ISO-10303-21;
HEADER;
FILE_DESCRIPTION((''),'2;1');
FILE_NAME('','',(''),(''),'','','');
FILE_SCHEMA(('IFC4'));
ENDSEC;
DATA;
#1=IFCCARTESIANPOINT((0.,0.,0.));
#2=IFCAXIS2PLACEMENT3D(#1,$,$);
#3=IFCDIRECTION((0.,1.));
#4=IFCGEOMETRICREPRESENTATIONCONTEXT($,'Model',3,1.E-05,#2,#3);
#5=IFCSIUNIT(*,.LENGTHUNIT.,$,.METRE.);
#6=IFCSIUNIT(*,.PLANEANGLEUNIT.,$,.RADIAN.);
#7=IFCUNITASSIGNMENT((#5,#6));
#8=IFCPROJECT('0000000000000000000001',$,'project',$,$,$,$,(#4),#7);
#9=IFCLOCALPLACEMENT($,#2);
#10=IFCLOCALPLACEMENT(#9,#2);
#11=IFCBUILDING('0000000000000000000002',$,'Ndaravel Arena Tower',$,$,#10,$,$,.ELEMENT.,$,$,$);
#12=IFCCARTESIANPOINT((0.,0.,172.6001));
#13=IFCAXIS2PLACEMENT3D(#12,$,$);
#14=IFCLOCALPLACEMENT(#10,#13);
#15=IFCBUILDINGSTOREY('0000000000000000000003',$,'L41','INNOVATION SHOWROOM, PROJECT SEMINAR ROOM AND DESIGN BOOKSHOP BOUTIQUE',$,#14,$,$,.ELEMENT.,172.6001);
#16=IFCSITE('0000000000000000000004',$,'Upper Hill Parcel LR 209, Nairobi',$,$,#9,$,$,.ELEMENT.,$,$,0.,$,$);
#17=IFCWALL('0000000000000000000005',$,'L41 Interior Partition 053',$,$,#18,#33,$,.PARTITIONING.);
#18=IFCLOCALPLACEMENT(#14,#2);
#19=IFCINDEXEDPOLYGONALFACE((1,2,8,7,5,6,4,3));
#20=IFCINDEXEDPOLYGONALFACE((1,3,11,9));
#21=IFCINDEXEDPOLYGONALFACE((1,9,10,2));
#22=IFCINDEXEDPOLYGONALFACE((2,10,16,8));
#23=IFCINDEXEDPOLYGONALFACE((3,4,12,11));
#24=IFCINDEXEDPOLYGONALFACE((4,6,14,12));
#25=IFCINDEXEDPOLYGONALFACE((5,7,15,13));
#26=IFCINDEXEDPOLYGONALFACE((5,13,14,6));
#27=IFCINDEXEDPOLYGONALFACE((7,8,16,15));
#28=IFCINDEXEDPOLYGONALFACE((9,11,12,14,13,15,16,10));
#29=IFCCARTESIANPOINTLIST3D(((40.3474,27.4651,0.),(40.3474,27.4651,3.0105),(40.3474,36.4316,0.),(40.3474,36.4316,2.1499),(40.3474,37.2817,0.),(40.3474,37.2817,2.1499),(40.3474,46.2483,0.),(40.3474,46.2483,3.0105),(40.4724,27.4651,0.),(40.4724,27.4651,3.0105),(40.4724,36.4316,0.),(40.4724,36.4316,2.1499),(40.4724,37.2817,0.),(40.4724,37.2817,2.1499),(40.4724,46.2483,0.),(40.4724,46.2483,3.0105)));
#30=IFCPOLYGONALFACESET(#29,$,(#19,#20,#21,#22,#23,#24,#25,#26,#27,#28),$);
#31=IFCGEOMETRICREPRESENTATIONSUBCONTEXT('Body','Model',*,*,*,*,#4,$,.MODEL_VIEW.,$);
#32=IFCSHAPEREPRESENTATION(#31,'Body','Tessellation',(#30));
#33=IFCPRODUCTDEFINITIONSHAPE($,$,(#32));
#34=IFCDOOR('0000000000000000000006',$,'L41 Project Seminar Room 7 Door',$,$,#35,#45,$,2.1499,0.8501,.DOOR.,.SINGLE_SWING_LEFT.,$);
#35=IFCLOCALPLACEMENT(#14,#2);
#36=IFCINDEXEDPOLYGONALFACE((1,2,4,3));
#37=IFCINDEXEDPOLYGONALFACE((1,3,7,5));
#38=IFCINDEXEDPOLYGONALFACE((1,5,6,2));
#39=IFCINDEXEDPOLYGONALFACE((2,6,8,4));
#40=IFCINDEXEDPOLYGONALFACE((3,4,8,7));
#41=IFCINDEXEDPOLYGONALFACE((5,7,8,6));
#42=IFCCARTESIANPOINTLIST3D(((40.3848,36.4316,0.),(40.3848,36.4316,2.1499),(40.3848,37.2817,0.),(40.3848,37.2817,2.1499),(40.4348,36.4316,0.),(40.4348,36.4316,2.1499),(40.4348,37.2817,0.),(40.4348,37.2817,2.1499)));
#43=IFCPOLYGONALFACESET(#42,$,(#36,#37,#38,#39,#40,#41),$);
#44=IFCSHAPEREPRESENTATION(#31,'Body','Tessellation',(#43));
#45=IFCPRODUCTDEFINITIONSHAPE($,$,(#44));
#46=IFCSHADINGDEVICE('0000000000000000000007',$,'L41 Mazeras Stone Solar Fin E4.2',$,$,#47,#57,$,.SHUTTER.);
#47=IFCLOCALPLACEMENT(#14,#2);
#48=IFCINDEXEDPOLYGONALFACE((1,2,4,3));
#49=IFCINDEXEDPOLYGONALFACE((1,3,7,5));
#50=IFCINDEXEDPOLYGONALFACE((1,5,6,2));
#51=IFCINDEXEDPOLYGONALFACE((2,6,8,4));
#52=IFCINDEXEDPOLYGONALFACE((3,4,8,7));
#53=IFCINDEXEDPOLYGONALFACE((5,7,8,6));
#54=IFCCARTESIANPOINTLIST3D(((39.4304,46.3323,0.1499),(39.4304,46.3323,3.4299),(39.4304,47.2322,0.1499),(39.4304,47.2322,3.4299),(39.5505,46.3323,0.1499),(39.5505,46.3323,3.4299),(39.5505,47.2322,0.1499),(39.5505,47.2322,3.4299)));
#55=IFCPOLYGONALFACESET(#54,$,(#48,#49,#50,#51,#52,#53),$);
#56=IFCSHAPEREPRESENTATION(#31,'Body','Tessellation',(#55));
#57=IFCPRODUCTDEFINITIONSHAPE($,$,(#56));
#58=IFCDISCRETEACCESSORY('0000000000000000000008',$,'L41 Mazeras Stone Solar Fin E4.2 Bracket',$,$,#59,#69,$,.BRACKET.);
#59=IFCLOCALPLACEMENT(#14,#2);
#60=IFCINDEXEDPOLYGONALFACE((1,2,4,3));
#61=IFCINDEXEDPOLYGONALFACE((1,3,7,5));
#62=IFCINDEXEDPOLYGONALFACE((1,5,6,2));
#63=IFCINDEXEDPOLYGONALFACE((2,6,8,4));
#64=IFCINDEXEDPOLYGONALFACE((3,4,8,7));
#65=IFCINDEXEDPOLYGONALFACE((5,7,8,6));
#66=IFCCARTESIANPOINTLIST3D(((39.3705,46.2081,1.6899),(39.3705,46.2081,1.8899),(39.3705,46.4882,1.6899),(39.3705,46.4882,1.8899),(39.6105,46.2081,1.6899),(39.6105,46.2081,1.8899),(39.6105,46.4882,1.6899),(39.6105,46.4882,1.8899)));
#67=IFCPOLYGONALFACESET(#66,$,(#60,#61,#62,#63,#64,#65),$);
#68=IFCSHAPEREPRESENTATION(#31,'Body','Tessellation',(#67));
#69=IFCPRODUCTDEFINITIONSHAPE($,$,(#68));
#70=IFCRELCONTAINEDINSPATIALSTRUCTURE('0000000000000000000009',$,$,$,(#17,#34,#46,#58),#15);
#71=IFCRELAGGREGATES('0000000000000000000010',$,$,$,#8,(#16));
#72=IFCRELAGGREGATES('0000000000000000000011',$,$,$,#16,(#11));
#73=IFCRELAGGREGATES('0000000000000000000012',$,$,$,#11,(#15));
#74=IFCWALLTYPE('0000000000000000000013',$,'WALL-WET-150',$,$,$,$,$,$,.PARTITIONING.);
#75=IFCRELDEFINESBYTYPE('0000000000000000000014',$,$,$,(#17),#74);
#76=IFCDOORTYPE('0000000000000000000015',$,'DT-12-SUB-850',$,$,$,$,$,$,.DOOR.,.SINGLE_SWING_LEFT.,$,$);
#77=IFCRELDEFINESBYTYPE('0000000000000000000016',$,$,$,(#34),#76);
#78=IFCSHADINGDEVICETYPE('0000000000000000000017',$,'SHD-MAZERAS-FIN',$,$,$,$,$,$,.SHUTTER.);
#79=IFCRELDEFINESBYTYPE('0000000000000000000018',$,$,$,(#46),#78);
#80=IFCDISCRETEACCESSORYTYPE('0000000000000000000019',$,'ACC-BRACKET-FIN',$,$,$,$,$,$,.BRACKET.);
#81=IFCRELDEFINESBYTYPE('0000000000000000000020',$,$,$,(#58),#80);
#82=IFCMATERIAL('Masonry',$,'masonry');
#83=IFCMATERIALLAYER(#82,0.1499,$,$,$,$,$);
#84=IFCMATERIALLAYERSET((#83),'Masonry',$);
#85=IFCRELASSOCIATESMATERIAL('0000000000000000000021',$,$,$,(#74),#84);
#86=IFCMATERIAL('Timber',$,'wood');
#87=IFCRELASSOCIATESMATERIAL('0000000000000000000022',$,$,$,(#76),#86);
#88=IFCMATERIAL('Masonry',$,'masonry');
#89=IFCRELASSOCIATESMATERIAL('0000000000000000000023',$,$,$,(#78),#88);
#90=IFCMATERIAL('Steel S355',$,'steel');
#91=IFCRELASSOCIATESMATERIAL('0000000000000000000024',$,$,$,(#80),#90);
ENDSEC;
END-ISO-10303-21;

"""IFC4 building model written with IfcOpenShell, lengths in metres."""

from ifc_helpers import new_model, si_unit, direction, frame, frame_2d, origin, origin_2d, place, context, subcontext, project, spatial, rectangle, extrude, material, layer, layer_set, type_object, element, fill, save


model = new_model("IFC4")

# Units and contexts
model_context = context("Model", 3, precision=1e-05, world=origin(), true_north=direction((0.0, 1.0)))
body_context = subcontext(model_context, "Body", "Model", "MODEL_VIEW")
ifc_project = project(units=[si_unit("LENGTHUNIT", "METRE"), si_unit("PLANEANGLEUNIT", "RADIAN")], contexts=[model_context])

# Site, building, storey
site_placement = place(None, origin())
site = spatial("IfcSite", under=ifc_project, at=site_placement, Name="Upper Hill Parcel LR 209, Nairobi", CompositionType="ELEMENT", RefElevation=0.0)
building_placement = place(site_placement, origin())
building = spatial("IfcBuilding", under=site, at=building_placement, Name="Ndaravel Arena Tower", CompositionType="ELEMENT")
storey_placement = place(building_placement, frame((0.0, 0.0, 172.6001)))
storey = spatial("IfcBuildingStorey", under=building, at=storey_placement, Name="L41", Description="INNOVATION SHOWROOM, PROJECT SEMINAR ROOM AND DESIGN BOOKSHOP BOUTIQUE", CompositionType="ELEMENT", Elevation=172.6001)

# Wall, opening, door
ifc_material_1 = material(Name="Masonry", Category="masonry")
ifc_layer_1 = layer(ifc_material_1, 0.1499)
ifc_layer_set_1 = layer_set([ifc_layer_1], Name="Masonry")
wall_type = type_object("IfcWallType", Name="WALL-WET-150", PredefinedType="PARTITIONING", material=ifc_layer_set_1)
wall_placement = place(storey_placement, frame((40.4099, 46.2483, 0.0), z_axis=(0.0, 0.0, 1.0), x_axis=(0.0, -1.0, 0.0)))
wall = element("IfcWall", 1, at=wall_placement, inside=storey, type_object=wall_type, Name="L41 Interior Partition 053", PredefinedType="PARTITIONING", context=body_context, shape_type="SweptSolid", body=[
    extrude(rectangle(XDim=18.7832, YDim=0.125, at=frame_2d((9.3916, 0.0))), origin(), (0.0, 0.0, 1.0), 3.0105),
])
opening_placement = place(wall_placement, frame((8.9666, 0.0, 0.0)))
opening = element("IfcOpeningElement", 2, at=opening_placement, cuts=wall, PredefinedType="OPENING", context=body_context, shape_type="SweptSolid", body=[
    extrude(rectangle(XDim=0.8501, YDim=2.1499, at=frame_2d((0.425, 1.075))), frame((0.0, 0.0625, 0.0), z_axis=(0.0, -1.0, 0.0), x_axis=(1.0, 0.0, 0.0)), (0.0, 0.0, 1.0), 0.125),
])
ifc_material_2 = material(Name="Timber", Category="wood")
door_type = type_object("IfcDoorType", Name="DT-12-SUB-850", OperationType="SINGLE_SWING_LEFT", PredefinedType="DOOR", material=ifc_material_2)
door_placement = place(opening_placement, origin())
door = element("IfcDoor", 3, at=door_placement, inside=storey, type_object=door_type, Name="L41 Project Seminar Room 7 Door", OperationType="SINGLE_SWING_LEFT", OverallHeight=2.1499, OverallWidth=0.8501, PredefinedType="DOOR", context=body_context, shape_type="SweptSolid", body=[
    extrude(rectangle(XDim=0.8501, YDim=2.1499, at=frame_2d((0.425, 1.075))), frame((0.0, 0.0249, 0.0), z_axis=(0.0, -1.0, 0.0), x_axis=(1.0, 0.0, 0.0)), (0.0, 0.0, 1.0), 0.05),
])
fill(opening, door)

# Shading device
ifc_material_3 = material(Name="Masonry", Category="masonry")
shading_device_type = type_object("IfcShadingDeviceType", Name="SHD-MAZERAS-FIN", PredefinedType="SHUTTER", material=ifc_material_3)
shading_device_placement = place(storey_placement, frame((39.4905, 46.7822, 0.1499), z_axis=(0.0, 0.0, 1.0), x_axis=(0.0, 1.0, 0.0)))
element("IfcShadingDevice", 4, at=shading_device_placement, inside=storey, type_object=shading_device_type, Name="L41 Mazeras Stone Solar Fin E4.2", PredefinedType="SHUTTER", context=body_context, shape_type="SweptSolid", body=[
    extrude(rectangle(XDim=0.8999, YDim=0.1201, at=origin_2d()), origin(), (0.0, 0.0, 1.0), 3.28),
])

# Discrete accessory
ifc_material_4 = material(Name="Steel S355", Category="steel")
discrete_accessory_type = type_object("IfcDiscreteAccessoryType", Name="ACC-BRACKET-FIN", PredefinedType="BRACKET", material=ifc_material_4)
discrete_accessory_placement = place(storey_placement, frame((39.4905, 46.3481, 1.6899), z_axis=(0.0, 0.0, 1.0), x_axis=(0.0, 1.0, 0.0)))
element("IfcDiscreteAccessory", 5, at=discrete_accessory_placement, inside=storey, type_object=discrete_accessory_type, Name="L41 Mazeras Stone Solar Fin E4.2 Bracket", PredefinedType="BRACKET", context=body_context, shape_type="SweptSolid", body=[
    extrude(rectangle(XDim=0.28, YDim=0.24, at=origin_2d()), origin(), (0.0, 0.0, 1.0), 0.2),
])

save(model, "model.ifc")
